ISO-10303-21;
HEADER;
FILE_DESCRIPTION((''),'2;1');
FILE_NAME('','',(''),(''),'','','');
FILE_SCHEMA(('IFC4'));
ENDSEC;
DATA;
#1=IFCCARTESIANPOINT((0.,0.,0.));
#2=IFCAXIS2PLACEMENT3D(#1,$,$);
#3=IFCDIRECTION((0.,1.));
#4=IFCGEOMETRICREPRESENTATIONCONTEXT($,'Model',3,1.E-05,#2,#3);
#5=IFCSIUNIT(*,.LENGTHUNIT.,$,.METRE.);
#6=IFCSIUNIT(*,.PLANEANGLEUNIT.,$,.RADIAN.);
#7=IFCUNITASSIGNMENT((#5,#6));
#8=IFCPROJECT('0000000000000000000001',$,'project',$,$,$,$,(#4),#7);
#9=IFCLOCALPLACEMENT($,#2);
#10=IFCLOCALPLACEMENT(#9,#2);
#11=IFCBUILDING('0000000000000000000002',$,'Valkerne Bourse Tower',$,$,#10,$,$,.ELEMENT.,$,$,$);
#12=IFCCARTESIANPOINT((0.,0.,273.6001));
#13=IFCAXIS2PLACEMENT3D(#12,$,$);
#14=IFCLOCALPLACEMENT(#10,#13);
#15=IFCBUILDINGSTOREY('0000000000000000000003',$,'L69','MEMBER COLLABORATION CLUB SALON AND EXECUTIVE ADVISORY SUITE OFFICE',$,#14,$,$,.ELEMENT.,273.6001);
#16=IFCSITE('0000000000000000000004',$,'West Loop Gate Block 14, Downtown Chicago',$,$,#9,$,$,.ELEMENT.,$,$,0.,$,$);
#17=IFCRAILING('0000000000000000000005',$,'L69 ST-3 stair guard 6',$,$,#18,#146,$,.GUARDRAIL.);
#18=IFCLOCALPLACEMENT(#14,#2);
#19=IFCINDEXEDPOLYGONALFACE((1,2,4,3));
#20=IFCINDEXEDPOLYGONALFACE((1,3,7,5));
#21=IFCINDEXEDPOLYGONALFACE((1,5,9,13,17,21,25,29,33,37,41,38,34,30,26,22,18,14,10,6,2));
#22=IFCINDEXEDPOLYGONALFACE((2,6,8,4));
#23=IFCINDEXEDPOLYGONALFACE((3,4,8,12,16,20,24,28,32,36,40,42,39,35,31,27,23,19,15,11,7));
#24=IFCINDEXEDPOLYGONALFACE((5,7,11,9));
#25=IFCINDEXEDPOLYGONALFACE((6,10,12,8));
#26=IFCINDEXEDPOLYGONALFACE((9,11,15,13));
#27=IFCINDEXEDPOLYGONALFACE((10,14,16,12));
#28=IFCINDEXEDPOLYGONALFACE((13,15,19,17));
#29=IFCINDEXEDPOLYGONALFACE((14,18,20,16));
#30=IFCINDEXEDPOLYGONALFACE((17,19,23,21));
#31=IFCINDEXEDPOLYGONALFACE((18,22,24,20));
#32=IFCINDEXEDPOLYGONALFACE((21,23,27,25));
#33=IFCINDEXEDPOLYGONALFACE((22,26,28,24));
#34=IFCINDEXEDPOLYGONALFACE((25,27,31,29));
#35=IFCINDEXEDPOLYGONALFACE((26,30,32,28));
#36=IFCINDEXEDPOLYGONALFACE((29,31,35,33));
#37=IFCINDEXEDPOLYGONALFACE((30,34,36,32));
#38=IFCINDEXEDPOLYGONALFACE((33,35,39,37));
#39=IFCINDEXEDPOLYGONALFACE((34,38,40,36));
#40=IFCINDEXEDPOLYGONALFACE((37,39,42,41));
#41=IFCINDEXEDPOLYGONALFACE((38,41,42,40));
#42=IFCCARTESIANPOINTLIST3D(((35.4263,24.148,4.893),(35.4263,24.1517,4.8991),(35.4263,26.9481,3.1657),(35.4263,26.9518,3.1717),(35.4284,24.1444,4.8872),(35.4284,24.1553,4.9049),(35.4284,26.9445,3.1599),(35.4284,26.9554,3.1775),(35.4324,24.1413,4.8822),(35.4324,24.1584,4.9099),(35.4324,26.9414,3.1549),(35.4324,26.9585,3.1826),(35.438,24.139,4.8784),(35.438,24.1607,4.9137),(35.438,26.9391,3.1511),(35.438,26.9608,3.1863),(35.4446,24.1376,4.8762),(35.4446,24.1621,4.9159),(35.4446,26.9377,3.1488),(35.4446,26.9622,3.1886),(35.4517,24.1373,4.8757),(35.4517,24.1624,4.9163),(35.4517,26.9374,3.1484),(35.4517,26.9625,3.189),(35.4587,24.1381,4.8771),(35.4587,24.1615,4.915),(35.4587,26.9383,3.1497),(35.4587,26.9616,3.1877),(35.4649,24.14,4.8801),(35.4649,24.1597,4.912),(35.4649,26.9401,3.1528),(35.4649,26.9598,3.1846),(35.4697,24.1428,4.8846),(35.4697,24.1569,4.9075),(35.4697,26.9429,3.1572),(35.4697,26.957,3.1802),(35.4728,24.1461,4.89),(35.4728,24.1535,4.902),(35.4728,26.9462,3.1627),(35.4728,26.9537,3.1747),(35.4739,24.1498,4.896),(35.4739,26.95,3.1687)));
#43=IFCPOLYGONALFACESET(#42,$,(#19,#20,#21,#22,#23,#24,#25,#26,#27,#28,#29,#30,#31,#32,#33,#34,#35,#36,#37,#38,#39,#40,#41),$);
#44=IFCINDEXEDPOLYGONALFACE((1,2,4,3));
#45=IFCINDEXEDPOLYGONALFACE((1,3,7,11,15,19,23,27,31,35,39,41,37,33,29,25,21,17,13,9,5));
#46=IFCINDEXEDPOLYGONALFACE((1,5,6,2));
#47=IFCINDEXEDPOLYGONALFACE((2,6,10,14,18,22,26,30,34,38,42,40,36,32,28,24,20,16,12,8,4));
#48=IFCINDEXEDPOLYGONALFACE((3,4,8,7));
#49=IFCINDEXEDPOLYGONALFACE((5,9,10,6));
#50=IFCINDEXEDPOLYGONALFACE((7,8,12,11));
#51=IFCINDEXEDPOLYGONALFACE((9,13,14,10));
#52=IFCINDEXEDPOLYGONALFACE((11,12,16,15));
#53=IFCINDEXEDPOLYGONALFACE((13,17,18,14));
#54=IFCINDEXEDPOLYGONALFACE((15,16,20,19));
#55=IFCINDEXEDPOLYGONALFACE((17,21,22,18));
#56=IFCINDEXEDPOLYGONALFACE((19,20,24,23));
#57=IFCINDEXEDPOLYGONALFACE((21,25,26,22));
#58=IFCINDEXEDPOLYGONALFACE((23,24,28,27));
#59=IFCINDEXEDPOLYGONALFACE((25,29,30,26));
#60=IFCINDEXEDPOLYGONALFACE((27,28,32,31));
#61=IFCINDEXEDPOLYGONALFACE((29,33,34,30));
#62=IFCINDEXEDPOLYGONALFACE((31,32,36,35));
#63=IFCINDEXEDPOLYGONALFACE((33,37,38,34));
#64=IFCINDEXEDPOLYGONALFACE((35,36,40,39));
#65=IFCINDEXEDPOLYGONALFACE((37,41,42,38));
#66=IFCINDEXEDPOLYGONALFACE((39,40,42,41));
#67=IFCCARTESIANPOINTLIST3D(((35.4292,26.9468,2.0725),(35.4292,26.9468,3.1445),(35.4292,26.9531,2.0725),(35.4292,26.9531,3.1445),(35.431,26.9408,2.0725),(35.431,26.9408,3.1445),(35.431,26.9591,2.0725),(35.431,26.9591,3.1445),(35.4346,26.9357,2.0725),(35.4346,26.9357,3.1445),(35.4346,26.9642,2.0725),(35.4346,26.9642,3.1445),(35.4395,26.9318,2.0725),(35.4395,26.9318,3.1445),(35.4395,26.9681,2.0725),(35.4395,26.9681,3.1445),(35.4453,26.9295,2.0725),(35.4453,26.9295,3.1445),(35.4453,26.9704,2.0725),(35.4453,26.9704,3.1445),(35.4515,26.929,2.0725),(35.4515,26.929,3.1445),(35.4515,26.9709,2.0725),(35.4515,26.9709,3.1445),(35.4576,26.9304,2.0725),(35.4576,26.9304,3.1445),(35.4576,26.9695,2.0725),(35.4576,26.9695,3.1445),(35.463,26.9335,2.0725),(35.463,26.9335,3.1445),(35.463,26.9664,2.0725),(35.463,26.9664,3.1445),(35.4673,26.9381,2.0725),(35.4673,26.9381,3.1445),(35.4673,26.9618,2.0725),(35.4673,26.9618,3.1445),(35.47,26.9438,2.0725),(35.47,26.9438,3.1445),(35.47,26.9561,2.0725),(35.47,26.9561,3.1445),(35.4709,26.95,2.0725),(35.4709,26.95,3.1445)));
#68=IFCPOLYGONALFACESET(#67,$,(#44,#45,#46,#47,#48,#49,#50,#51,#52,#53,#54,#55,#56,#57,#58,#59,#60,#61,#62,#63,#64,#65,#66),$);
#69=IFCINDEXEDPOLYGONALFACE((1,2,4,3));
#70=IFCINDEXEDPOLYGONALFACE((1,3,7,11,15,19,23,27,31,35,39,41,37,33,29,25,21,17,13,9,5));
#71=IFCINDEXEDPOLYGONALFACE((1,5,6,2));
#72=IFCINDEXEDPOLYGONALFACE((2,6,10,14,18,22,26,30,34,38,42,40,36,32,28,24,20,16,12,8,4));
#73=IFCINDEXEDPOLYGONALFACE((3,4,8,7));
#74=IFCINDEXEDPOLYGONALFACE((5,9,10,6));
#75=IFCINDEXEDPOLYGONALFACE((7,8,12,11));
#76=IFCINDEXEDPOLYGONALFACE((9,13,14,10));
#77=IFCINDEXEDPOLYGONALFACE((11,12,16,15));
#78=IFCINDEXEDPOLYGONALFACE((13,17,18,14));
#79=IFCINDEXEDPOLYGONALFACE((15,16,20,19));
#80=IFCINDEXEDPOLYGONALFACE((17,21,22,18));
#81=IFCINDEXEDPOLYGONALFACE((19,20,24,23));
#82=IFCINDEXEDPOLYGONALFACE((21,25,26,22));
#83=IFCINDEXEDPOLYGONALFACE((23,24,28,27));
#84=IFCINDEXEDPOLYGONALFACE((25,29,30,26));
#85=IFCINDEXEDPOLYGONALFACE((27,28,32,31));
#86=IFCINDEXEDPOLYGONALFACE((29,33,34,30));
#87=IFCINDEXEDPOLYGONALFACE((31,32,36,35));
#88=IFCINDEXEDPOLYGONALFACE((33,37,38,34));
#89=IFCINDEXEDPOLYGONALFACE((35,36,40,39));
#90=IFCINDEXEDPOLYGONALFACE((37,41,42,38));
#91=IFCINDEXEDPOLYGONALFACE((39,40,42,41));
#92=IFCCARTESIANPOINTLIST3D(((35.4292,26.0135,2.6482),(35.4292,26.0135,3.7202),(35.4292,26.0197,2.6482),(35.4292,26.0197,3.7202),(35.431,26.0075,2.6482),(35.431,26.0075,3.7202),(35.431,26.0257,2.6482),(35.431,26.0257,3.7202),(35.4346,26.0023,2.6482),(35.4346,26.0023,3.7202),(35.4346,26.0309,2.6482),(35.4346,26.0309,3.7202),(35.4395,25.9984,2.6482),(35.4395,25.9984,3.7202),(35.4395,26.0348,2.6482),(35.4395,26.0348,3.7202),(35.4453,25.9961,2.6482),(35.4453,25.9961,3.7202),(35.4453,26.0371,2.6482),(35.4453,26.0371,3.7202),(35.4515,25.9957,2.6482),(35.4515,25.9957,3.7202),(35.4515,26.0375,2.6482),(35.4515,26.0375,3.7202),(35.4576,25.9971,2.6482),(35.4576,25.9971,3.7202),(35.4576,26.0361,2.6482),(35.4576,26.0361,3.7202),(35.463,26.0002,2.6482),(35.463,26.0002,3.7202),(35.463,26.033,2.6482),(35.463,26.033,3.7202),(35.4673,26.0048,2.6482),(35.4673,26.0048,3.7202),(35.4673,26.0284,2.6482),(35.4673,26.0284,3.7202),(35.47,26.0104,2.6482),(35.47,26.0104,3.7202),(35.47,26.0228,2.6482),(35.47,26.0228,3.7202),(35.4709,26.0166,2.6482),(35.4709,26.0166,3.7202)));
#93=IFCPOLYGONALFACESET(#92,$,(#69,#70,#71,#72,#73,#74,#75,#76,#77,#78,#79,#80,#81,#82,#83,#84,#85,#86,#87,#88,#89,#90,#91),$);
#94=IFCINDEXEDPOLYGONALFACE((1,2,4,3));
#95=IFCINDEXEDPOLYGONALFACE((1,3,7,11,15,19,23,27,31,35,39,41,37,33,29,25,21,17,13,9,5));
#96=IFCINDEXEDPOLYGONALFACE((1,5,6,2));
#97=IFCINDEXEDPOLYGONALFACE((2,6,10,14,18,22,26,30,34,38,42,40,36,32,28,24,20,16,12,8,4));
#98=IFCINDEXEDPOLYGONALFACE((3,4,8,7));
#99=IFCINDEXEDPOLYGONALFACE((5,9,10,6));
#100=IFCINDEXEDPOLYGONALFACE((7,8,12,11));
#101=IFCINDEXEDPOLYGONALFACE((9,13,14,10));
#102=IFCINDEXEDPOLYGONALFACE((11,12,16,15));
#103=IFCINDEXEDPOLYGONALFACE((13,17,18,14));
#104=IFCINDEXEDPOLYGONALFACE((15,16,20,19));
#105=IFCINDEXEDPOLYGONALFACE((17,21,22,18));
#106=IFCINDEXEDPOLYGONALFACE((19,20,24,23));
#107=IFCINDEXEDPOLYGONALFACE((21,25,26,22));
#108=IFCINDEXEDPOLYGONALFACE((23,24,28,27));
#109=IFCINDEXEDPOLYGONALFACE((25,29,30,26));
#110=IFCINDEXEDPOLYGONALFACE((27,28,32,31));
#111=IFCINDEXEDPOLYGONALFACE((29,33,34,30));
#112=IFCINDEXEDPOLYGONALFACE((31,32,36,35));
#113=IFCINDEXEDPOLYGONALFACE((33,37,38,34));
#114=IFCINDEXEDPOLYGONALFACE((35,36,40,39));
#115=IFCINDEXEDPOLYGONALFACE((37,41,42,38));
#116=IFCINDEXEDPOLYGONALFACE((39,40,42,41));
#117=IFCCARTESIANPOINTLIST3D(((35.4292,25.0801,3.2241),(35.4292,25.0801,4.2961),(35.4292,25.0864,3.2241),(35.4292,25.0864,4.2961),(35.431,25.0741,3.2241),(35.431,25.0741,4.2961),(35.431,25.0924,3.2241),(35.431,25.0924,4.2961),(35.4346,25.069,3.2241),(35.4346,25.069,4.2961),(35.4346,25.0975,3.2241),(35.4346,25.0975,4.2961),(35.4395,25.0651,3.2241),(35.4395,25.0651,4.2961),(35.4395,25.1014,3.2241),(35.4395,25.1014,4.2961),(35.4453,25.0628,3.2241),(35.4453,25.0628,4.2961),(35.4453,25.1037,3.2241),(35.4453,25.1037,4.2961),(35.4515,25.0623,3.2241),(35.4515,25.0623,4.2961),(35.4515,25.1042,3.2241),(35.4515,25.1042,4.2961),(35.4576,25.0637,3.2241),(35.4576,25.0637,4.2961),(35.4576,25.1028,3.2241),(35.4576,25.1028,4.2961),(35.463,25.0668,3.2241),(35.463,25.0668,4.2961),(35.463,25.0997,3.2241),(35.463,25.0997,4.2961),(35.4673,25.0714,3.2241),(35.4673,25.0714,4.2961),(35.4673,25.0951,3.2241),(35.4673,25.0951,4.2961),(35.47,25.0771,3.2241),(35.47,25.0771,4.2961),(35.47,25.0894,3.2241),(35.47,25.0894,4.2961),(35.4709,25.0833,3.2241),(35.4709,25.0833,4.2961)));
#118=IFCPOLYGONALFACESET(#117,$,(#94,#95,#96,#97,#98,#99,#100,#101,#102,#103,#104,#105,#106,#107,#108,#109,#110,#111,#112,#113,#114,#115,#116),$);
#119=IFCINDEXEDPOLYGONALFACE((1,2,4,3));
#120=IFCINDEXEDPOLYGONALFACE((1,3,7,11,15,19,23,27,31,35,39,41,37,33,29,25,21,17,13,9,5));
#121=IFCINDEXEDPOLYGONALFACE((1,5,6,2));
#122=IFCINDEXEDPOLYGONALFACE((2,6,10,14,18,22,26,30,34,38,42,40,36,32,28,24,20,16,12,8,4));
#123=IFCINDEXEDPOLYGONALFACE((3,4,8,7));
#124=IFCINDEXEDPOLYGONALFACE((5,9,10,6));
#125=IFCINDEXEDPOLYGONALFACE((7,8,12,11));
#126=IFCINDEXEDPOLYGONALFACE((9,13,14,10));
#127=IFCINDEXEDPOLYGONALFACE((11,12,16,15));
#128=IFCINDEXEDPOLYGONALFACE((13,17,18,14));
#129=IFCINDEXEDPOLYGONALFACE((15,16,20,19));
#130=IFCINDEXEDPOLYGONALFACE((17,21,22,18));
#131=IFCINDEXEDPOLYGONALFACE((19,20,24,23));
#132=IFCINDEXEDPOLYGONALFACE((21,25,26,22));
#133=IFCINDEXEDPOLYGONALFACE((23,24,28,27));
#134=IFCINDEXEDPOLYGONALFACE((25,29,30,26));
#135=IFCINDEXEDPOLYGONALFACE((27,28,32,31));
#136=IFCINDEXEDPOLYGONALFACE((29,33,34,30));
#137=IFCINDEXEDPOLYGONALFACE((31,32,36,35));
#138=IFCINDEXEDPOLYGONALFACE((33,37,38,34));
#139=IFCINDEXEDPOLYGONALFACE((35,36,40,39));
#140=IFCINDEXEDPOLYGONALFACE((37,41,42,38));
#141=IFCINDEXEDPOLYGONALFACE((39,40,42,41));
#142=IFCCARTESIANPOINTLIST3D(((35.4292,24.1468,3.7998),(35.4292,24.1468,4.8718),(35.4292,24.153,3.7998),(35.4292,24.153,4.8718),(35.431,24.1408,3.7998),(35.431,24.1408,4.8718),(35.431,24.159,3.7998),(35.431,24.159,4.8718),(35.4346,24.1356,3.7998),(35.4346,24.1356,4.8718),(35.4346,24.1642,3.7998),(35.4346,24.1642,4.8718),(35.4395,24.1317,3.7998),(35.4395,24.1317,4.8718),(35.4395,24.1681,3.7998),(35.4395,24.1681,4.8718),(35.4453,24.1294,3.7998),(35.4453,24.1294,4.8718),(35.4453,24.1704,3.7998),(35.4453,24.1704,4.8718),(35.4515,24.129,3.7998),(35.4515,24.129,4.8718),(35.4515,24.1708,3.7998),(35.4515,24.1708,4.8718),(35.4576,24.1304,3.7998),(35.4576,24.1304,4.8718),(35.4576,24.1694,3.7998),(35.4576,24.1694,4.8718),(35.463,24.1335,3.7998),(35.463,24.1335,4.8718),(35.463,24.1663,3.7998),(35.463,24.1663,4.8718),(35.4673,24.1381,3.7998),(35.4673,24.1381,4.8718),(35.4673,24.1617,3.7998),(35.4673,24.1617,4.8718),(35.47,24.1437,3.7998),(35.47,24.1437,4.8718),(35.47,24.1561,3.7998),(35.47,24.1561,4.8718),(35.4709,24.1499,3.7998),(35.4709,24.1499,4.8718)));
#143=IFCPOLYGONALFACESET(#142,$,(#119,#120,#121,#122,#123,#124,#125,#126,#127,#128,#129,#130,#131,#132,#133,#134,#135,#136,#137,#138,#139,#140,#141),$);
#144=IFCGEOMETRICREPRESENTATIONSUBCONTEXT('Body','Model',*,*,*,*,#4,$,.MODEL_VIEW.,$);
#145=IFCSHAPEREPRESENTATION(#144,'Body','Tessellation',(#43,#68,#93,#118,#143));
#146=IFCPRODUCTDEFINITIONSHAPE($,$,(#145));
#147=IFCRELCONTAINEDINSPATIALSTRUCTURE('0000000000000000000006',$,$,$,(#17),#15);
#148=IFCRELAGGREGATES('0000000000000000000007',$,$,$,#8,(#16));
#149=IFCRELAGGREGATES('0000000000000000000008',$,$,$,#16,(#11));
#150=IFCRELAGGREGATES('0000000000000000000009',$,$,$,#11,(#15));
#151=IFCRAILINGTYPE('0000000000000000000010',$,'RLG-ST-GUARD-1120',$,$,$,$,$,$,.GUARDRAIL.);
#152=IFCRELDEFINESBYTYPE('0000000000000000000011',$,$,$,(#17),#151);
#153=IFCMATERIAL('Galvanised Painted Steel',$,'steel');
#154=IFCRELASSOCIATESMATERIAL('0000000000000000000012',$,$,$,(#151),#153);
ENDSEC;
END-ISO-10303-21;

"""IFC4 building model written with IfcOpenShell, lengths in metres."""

from ifc_helpers import new_model, si_unit, direction, frame, origin, origin_2d, place, context, subcontext, project, spatial, circle, extrude, material, type_object, element, save


model = new_model("IFC4")

# Units and contexts
model_context = context("Model", 3, precision=1e-05, world=origin(), true_north=direction((0.0, 1.0)))
body_context = subcontext(model_context, "Body", "Model", "MODEL_VIEW")
ifc_project = project(units=[si_unit("LENGTHUNIT", "METRE"), si_unit("PLANEANGLEUNIT", "RADIAN")], contexts=[model_context])

# Site, building, storey
site_placement = place(None, origin())
site = spatial("IfcSite", under=ifc_project, at=site_placement, Name="West Loop Gate Block 14, Downtown Chicago", CompositionType="ELEMENT", RefElevation=0.0)
building_placement = place(site_placement, origin())
building = spatial("IfcBuilding", under=site, at=building_placement, Name="Valkerne Bourse Tower", CompositionType="ELEMENT")
storey_placement = place(building_placement, frame((0.0, 0.0, 273.6001)))
storey = spatial("IfcBuildingStorey", under=building, at=storey_placement, Name="L69", Description="MEMBER COLLABORATION CLUB SALON AND EXECUTIVE ADVISORY SUITE OFFICE", CompositionType="ELEMENT", Elevation=273.6001)

# Railing
ifc_material_1 = material(Name="Galvanised Painted Steel", Category="steel")
railing_type_1 = type_object("IfcRailingType", Name="RLG-ST-GUARD-1120", PredefinedType="GUARDRAIL", material=ifc_material_1)
railing_1_placement = place(storey_placement, frame((35.45, 26.95, 2.0725)))
element("IfcRailing", 1, at=railing_1_placement, inside=storey, type_object=railing_type_1, Name="L69 ST-3 stair guard 6", PredefinedType="GUARDRAIL", context=body_context, shape_type="SweptSolid", body=[
    extrude(circle(Radius=0.0239, at=origin_2d()), frame((0.0, 0.0, 1.0962), z_axis=(0.0, -0.85109, 0.52502), x_axis=(1.0, 0.0, 0.0)), (0.0, 0.0, 1.0), 3.29),
    extrude(circle(Radius=0.021, at=origin_2d()), origin(), (0.0, 0.0, 1.0), 1.072),
    extrude(circle(Radius=0.021, at=origin_2d()), frame((0.0, -0.9333, 0.5757)), (0.0, 0.0, 1.0), 1.072),
    extrude(circle(Radius=0.021, at=origin_2d()), frame((0.0, -1.8667, 1.1516)), (0.0, 0.0, 1.0), 1.072),
    extrude(circle(Radius=0.021, at=origin_2d()), frame((0.0, -2.8, 1.7273)), (0.0, 0.0, 1.0), 1.072),
])

save(model, "model.ifc")
